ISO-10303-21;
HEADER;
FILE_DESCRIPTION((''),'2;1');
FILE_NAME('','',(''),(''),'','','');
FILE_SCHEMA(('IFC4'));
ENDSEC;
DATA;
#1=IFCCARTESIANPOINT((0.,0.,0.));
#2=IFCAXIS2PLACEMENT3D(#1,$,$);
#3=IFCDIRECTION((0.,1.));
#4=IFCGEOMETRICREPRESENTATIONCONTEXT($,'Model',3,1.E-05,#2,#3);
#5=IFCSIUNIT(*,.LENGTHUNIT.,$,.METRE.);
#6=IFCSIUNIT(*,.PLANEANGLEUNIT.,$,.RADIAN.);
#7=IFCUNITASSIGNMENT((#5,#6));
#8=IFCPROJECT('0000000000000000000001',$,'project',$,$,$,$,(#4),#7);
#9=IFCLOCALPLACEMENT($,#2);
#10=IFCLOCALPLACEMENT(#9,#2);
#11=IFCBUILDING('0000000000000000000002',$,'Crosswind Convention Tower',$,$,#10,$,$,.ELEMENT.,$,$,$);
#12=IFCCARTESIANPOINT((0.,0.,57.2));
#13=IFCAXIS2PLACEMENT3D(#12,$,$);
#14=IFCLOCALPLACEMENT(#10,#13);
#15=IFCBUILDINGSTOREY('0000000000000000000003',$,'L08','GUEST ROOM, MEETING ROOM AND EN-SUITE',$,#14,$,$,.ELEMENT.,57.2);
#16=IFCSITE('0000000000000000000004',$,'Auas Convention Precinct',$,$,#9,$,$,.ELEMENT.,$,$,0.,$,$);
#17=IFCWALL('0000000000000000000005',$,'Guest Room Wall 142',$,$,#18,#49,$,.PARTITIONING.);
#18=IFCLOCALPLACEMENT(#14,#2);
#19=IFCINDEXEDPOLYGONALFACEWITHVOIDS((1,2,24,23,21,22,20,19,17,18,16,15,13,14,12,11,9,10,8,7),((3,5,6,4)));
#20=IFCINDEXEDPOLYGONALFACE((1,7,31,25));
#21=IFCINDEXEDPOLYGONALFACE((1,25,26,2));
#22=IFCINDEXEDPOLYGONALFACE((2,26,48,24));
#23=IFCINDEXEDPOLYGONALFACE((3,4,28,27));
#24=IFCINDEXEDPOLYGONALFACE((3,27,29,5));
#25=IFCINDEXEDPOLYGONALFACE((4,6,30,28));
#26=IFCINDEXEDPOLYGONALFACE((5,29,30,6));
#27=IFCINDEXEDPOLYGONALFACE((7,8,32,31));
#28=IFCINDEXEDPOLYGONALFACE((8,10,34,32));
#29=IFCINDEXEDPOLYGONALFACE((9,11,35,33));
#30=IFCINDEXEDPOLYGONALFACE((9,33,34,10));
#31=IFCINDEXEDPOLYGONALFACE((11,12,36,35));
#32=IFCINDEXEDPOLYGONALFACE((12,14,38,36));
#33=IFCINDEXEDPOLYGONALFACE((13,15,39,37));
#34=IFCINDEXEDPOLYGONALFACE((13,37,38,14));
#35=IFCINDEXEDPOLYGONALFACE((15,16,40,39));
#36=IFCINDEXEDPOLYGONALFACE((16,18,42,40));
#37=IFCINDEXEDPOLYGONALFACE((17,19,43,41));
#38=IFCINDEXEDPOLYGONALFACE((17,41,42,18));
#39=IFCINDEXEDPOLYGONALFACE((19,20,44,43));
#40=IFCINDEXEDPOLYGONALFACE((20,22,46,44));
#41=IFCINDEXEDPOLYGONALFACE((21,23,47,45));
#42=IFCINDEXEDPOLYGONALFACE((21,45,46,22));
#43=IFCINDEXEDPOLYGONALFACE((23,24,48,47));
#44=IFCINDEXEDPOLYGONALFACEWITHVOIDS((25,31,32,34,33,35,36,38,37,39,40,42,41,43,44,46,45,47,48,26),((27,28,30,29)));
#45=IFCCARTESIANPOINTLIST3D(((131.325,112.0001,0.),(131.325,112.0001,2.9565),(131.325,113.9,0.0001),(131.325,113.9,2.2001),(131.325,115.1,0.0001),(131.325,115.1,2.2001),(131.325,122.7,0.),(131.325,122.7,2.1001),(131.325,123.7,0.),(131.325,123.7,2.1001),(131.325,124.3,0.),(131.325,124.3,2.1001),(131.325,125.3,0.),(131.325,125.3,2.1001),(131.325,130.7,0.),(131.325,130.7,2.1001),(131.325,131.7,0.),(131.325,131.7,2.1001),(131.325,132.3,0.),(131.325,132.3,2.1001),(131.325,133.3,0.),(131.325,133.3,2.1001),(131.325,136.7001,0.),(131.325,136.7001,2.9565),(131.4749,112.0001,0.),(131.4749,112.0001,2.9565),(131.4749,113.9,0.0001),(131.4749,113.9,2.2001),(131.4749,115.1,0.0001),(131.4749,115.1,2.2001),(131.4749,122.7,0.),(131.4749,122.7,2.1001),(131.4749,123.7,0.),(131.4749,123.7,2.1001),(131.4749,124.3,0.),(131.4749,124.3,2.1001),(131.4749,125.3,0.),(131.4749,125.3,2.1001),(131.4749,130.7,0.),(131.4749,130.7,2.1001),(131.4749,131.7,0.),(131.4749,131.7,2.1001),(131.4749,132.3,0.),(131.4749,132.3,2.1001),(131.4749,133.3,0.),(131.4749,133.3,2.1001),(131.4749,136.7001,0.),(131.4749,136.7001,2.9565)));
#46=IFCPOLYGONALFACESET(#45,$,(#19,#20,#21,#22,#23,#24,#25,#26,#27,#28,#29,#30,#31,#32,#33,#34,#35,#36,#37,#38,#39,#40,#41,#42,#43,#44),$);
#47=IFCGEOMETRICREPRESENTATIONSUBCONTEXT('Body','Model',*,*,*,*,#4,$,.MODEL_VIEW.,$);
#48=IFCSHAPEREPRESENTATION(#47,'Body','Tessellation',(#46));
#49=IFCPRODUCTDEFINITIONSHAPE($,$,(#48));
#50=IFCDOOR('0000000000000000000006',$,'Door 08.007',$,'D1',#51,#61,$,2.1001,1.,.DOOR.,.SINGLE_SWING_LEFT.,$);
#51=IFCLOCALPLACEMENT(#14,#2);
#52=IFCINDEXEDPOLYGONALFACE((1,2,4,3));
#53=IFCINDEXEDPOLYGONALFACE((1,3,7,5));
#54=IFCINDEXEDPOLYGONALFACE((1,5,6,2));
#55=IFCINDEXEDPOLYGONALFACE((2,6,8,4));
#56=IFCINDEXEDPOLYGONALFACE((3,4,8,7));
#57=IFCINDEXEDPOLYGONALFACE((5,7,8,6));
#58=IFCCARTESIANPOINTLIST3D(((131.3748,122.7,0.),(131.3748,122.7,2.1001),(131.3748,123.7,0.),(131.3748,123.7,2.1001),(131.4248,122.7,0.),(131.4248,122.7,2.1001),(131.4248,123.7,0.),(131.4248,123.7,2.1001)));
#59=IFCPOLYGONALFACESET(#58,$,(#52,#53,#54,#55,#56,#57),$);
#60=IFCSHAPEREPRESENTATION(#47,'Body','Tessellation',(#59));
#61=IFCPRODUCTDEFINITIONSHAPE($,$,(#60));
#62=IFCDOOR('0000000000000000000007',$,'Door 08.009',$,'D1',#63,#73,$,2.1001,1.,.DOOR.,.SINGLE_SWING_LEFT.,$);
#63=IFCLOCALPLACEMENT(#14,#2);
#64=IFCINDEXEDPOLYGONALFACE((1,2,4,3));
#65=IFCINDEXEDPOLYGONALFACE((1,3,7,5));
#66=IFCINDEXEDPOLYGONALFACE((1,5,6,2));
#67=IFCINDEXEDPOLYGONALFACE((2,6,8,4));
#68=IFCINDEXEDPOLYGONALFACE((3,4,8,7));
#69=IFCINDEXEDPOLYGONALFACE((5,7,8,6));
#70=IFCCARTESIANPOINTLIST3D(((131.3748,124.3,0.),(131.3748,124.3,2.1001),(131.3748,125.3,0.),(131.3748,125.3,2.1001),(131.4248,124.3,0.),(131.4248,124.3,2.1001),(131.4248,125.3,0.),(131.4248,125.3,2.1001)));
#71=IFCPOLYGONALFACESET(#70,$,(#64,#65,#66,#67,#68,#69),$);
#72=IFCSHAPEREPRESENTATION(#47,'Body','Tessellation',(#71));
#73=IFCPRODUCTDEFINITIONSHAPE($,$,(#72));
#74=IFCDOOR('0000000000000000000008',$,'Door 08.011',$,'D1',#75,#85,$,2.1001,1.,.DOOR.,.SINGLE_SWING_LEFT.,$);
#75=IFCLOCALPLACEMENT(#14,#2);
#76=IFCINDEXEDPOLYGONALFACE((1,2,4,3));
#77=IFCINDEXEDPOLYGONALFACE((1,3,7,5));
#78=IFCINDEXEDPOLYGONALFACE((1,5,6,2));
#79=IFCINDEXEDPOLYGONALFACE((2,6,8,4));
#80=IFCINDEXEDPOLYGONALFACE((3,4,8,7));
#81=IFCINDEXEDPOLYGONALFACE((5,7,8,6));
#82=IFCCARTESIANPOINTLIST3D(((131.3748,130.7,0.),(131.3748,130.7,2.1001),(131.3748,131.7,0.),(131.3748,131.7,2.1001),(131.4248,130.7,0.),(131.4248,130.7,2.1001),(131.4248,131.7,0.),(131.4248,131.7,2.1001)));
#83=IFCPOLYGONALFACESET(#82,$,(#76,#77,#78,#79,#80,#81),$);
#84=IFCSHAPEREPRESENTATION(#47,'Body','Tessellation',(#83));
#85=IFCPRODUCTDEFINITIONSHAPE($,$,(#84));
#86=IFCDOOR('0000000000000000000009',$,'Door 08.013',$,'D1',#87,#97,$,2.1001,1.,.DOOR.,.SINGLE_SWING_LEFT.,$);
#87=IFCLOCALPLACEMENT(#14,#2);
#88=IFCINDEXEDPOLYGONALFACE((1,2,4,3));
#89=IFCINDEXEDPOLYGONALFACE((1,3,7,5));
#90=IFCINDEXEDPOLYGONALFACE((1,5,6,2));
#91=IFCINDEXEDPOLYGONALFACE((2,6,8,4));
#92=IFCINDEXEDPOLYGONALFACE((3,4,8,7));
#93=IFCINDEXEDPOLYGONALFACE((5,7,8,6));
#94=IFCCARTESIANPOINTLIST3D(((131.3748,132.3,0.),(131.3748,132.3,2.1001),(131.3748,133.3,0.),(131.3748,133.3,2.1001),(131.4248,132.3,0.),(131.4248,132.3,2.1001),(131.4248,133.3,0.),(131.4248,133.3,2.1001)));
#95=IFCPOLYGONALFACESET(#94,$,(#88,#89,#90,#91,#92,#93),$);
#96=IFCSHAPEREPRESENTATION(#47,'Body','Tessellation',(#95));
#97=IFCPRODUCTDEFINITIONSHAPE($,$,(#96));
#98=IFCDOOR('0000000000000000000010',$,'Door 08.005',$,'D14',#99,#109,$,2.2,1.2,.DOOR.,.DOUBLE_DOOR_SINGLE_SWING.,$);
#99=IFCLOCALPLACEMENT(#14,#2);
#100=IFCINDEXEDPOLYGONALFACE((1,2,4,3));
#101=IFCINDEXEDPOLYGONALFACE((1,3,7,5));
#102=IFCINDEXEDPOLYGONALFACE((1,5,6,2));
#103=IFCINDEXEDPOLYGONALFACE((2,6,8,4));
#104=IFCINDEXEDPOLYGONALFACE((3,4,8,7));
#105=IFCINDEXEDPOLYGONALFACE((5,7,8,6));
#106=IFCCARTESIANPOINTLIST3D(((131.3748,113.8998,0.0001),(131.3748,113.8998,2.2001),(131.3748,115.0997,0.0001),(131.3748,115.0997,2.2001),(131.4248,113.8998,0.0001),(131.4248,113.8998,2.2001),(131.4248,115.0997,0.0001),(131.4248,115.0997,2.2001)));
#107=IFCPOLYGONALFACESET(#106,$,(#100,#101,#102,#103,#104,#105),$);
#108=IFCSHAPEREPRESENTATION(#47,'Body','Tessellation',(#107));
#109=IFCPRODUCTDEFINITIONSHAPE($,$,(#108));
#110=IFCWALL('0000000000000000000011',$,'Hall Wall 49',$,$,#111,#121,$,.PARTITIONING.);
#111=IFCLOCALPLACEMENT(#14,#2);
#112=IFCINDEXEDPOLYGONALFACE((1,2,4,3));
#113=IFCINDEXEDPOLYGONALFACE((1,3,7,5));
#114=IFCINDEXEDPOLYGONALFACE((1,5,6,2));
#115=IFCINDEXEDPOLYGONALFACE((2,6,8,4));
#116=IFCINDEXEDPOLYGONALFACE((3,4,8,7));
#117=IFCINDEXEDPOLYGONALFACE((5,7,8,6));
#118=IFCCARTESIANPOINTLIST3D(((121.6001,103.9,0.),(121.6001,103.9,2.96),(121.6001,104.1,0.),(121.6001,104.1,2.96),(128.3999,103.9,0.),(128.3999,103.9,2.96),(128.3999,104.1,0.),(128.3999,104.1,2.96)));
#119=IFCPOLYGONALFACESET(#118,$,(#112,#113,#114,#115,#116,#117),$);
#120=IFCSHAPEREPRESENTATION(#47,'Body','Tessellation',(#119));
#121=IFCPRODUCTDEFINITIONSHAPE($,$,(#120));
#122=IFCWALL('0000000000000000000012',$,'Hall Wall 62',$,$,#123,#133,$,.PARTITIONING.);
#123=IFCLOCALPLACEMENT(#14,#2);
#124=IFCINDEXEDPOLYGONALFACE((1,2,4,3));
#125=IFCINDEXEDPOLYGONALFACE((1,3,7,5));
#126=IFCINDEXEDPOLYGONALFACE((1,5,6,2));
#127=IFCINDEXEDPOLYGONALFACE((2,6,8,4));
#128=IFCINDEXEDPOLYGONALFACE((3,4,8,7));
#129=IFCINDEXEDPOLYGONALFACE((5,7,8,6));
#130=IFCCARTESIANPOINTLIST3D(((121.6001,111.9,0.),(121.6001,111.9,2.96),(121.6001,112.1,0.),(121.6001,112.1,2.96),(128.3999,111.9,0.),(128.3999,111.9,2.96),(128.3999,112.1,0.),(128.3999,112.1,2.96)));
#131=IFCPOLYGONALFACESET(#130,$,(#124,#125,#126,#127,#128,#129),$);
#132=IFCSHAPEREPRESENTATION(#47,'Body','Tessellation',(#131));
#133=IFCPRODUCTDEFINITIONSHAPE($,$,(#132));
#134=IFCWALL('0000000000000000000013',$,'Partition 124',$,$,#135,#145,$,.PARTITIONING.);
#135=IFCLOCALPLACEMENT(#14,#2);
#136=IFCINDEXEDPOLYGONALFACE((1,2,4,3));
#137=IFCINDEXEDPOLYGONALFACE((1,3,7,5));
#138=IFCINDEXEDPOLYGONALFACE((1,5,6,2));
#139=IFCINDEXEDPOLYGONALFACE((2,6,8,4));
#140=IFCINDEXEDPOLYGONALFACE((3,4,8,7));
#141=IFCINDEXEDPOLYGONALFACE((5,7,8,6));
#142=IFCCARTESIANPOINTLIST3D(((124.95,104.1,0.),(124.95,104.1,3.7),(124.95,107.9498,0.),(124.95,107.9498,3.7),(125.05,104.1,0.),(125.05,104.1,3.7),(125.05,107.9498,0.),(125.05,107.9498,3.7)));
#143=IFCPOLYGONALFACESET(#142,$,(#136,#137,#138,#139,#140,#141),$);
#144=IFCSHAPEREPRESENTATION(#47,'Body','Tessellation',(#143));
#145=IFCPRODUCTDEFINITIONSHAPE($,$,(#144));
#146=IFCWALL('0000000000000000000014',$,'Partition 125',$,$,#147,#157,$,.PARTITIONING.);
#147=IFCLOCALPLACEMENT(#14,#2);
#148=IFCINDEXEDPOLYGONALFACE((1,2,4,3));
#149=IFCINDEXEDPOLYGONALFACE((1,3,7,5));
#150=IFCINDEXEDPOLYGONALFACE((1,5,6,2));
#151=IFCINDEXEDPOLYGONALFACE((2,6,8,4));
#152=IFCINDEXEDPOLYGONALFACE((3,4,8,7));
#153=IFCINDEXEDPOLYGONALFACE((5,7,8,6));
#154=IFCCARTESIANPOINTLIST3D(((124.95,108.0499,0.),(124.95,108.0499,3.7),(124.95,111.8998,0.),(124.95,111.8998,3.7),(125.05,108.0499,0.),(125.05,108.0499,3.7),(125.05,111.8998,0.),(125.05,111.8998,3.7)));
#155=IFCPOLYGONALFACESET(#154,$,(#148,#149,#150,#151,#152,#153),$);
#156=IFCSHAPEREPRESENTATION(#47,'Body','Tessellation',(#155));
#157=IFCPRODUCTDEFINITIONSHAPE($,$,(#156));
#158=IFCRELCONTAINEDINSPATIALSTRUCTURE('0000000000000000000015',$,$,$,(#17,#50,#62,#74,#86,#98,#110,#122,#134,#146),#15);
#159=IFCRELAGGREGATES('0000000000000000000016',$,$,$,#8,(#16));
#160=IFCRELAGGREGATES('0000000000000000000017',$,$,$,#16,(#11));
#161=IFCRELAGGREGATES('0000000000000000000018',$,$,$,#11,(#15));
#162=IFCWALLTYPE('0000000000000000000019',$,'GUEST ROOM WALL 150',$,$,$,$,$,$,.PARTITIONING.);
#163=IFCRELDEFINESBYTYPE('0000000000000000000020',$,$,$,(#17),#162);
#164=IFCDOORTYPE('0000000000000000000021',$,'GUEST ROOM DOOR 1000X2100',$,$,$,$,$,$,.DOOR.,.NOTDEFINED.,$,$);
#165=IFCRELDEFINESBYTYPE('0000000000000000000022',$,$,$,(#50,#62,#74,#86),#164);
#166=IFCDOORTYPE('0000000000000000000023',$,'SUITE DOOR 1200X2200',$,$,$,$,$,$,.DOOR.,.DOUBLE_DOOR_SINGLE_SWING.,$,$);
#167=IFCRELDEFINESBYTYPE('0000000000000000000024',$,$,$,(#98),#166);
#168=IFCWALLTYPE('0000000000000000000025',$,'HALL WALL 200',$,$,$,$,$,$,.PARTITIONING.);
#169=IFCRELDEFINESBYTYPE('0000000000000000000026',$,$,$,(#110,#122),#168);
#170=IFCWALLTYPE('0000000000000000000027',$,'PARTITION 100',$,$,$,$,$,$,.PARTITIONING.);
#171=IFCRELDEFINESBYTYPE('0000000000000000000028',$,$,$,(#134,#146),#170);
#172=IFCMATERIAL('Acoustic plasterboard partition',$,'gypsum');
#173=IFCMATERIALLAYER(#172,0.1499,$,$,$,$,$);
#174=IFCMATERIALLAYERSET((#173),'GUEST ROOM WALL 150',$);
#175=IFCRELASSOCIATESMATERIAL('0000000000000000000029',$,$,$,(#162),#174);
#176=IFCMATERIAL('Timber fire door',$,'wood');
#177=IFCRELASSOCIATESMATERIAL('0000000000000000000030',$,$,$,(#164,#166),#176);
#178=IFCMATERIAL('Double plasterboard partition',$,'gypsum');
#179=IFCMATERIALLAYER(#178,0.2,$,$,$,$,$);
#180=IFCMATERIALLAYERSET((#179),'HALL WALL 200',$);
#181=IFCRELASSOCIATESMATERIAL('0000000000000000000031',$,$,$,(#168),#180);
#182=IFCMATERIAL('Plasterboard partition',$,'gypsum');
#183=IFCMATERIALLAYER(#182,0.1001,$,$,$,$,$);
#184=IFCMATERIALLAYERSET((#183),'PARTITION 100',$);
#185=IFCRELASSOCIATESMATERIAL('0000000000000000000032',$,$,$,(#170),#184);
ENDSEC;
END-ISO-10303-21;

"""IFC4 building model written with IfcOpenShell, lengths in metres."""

from ifc_helpers import new_model, si_unit, direction, frame, frame_2d, origin, place, context, subcontext, project, spatial, rectangle, extrude, material, layer, layer_set, type_object, element, fill, save


model = new_model("IFC4")

# Units and contexts
model_context = context("Model", 3, precision=1e-05, world=origin(), true_north=direction((0.0, 1.0)))
body_context = subcontext(model_context, "Body", "Model", "MODEL_VIEW")
ifc_project = project(units=[si_unit("LENGTHUNIT", "METRE"), si_unit("PLANEANGLEUNIT", "RADIAN")], contexts=[model_context])

# Site, building, storey
site_placement = place(None, origin())
site = spatial("IfcSite", under=ifc_project, at=site_placement, Name="Auas Convention Precinct", CompositionType="ELEMENT", RefElevation=0.0)
building_placement = place(site_placement, origin())
building = spatial("IfcBuilding", under=site, at=building_placement, Name="Crosswind Convention Tower", CompositionType="ELEMENT")
storey_placement = place(building_placement, frame((0.0, 0.0, 57.2)))
storey = spatial("IfcBuildingStorey", under=building, at=storey_placement, Name="L08", Description="GUEST ROOM, MEETING ROOM AND EN-SUITE", CompositionType="ELEMENT", Elevation=57.2)

# Shared definitions
ifc_material_1 = material(Name="Plasterboard partition", Category="gypsum")

# Shared definitions
ifc_material_2 = material(Name="Timber fire door", Category="wood")

# Wall, openings, doors
ifc_material_3 = material(Name="Acoustic plasterboard partition", Category="gypsum")
ifc_layer_1 = layer(ifc_material_3, 0.1499)
ifc_layer_set_1 = layer_set([ifc_layer_1], Name="GUEST ROOM WALL 150")
wall_type_1 = type_object("IfcWallType", Name="GUEST ROOM WALL 150", PredefinedType="PARTITIONING", material=ifc_layer_set_1)
wall_1_placement = place(storey_placement, frame((131.3999, 112.0, 0.0), z_axis=(0.0, 0.0, 1.0), x_axis=(0.0, 1.0, 0.0)))
wall_1 = element("IfcWall", 1, at=wall_1_placement, inside=storey, type_object=wall_type_1, Name="Guest Room Wall 142", PredefinedType="PARTITIONING", context=body_context, shape_type="SweptSolid", body=[
    extrude(rectangle(XDim=24.7, YDim=0.1499, at=frame_2d((12.3501, 0.0))), origin(), (0.0, 0.0, 1.0), 2.9565),
])
opening_1_placement = place(wall_1_placement, frame((1.8999, 0.0, 0.0)))
opening_1 = element("IfcOpeningElement", 2, at=opening_1_placement, cuts=wall_1, PredefinedType="OPENING", context=body_context, shape_type="SweptSolid", body=[
    extrude(rectangle(XDim=1.2, YDim=2.2, at=frame_2d((0.6001, 1.1001))), frame((0.0, 0.085, 0.0), z_axis=(0.0, -1.0, 0.0), x_axis=(1.0, 0.0, 0.0)), (0.0, 0.0, 1.0), 0.1699),
])
opening_2_placement = place(wall_1_placement, frame((10.7, 0.0, 0.0)))
opening_2 = element("IfcOpeningElement", 3, at=opening_2_placement, cuts=wall_1, PredefinedType="OPENING", context=body_context, shape_type="SweptSolid", body=[
    extrude(rectangle(XDim=1.0, YDim=2.1001, at=frame_2d((0.5, 1.05))), frame((0.0, 0.085, 0.0), z_axis=(0.0, -1.0, 0.0), x_axis=(1.0, 0.0, 0.0)), (0.0, 0.0, 1.0), 0.1699),
])
opening_3_placement = place(wall_1_placement, frame((12.3, 0.0, 0.0)))
opening_3 = element("IfcOpeningElement", 4, at=opening_3_placement, cuts=wall_1, PredefinedType="OPENING", context=body_context, shape_type="SweptSolid", body=[
    extrude(rectangle(XDim=1.0, YDim=2.1001, at=frame_2d((0.5, 1.05))), frame((0.0, 0.085, 0.0), z_axis=(0.0, -1.0, 0.0), x_axis=(1.0, 0.0, 0.0)), (0.0, 0.0, 1.0), 0.1699),
])
opening_4_placement = place(wall_1_placement, frame((18.7, 0.0, 0.0)))
opening_4 = element("IfcOpeningElement", 5, at=opening_4_placement, cuts=wall_1, PredefinedType="OPENING", context=body_context, shape_type="SweptSolid", body=[
    extrude(rectangle(XDim=1.0, YDim=2.1001, at=frame_2d((0.5, 1.05))), frame((0.0, 0.085, 0.0), z_axis=(0.0, -1.0, 0.0), x_axis=(1.0, 0.0, 0.0)), (0.0, 0.0, 1.0), 0.1699),
])
opening_5_placement = place(wall_1_placement, frame((20.3, 0.0, 0.0)))
opening_5 = element("IfcOpeningElement", 6, at=opening_5_placement, cuts=wall_1, PredefinedType="OPENING", context=body_context, shape_type="SweptSolid", body=[
    extrude(rectangle(XDim=1.0, YDim=2.1001, at=frame_2d((0.5, 1.05))), frame((0.0, 0.085, 0.0), z_axis=(0.0, -1.0, 0.0), x_axis=(1.0, 0.0, 0.0)), (0.0, 0.0, 1.0), 0.1699),
])
door_type_1 = type_object("IfcDoorType", Name="GUEST ROOM DOOR 1000X2100", OperationType="NOTDEFINED", PredefinedType="DOOR", material=ifc_material_2)
door_1_placement = place(opening_2_placement, frame((1.0, 0.0, 0.0), z_axis=(0.0, 0.0, 1.0), x_axis=(-1.0, 0.0, 0.0)))
door_1 = element("IfcDoor", 7, at=door_1_placement, inside=storey, type_object=door_type_1, Name="Door 08.007", ObjectType="D1", OperationType="SINGLE_SWING_LEFT", OverallHeight=2.1001, OverallWidth=1.0, PredefinedType="DOOR", context=body_context, shape_type="SweptSolid", body=[
    extrude(rectangle(XDim=1.0, YDim=2.1001, at=frame_2d((0.5, 1.05))), frame((0.0, 0.0249, 0.0), z_axis=(0.0, -1.0, 0.0), x_axis=(1.0, 0.0, 0.0)), (0.0, 0.0, 1.0), 0.05),
])
fill(opening_2, door_1)
door_2_placement = place(opening_3_placement, frame((1.0, 0.0, 0.0), z_axis=(0.0, 0.0, 1.0), x_axis=(-1.0, 0.0, 0.0)))
door_2 = element("IfcDoor", 8, at=door_2_placement, inside=storey, type_object=door_type_1, Name="Door 08.009", ObjectType="D1", OperationType="SINGLE_SWING_LEFT", OverallHeight=2.1001, OverallWidth=1.0, PredefinedType="DOOR", context=body_context, shape_type="SweptSolid", body=[
    extrude(rectangle(XDim=1.0, YDim=2.1001, at=frame_2d((0.5, 1.05))), frame((0.0, 0.0249, 0.0), z_axis=(0.0, -1.0, 0.0), x_axis=(1.0, 0.0, 0.0)), (0.0, 0.0, 1.0), 0.05),
])
fill(opening_3, door_2)
door_3_placement = place(opening_4_placement, frame((1.0, 0.0, 0.0), z_axis=(0.0, 0.0, 1.0), x_axis=(-1.0, 0.0, 0.0)))
door_3 = element("IfcDoor", 9, at=door_3_placement, inside=storey, type_object=door_type_1, Name="Door 08.011", ObjectType="D1", OperationType="SINGLE_SWING_LEFT", OverallHeight=2.1001, OverallWidth=1.0, PredefinedType="DOOR", context=body_context, shape_type="SweptSolid", body=[
    extrude(rectangle(XDim=1.0, YDim=2.1001, at=frame_2d((0.5, 1.05))), frame((0.0, 0.0249, 0.0), z_axis=(0.0, -1.0, 0.0), x_axis=(1.0, 0.0, 0.0)), (0.0, 0.0, 1.0), 0.05),
])
fill(opening_4, door_3)
door_4_placement = place(opening_5_placement, frame((1.0, 0.0, 0.0), z_axis=(0.0, 0.0, 1.0), x_axis=(-1.0, 0.0, 0.0)))
door_4 = element("IfcDoor", 10, at=door_4_placement, inside=storey, type_object=door_type_1, Name="Door 08.013", ObjectType="D1", OperationType="SINGLE_SWING_LEFT", OverallHeight=2.1001, OverallWidth=1.0, PredefinedType="DOOR", context=body_context, shape_type="SweptSolid", body=[
    extrude(rectangle(XDim=1.0, YDim=2.1001, at=frame_2d((0.5, 1.05))), frame((0.0, 0.0249, 0.0), z_axis=(0.0, -1.0, 0.0), x_axis=(1.0, 0.0, 0.0)), (0.0, 0.0, 1.0), 0.05),
])
fill(opening_5, door_4)
door_type_2 = type_object("IfcDoorType", Name="SUITE DOOR 1200X2200", OperationType="DOUBLE_DOOR_SINGLE_SWING", PredefinedType="DOOR", material=ifc_material_2)
door_5_placement = place(opening_1_placement, frame((1.2, 0.0, 0.0), z_axis=(0.0, 0.0, 1.0), x_axis=(-1.0, 0.0, 0.0)))
door_5 = element("IfcDoor", 11, at=door_5_placement, inside=storey, type_object=door_type_2, Name="Door 08.005", ObjectType="D14", OperationType="DOUBLE_DOOR_SINGLE_SWING", OverallHeight=2.2, OverallWidth=1.2, PredefinedType="DOOR", context=body_context, shape_type="SweptSolid", body=[
    extrude(rectangle(XDim=1.2, YDim=2.2, at=frame_2d((0.6001, 1.1001))), frame((0.0, 0.0249, 0.0), z_axis=(0.0, -1.0, 0.0), x_axis=(1.0, 0.0, 0.0)), (0.0, 0.0, 1.0), 0.05),
])
fill(opening_1, door_5)

# Walls
ifc_material_4 = material(Name="Double plasterboard partition", Category="gypsum")
ifc_layer_2 = layer(ifc_material_4, 0.2)
ifc_layer_set_2 = layer_set([ifc_layer_2], Name="HALL WALL 200")
wall_type_2 = type_object("IfcWallType", Name="HALL WALL 200", PredefinedType="PARTITIONING", material=ifc_layer_set_2)
for number, where, z_axis, x_axis, name in (
    (12, (121.6001, 104.0, 0.0), (0.0, 0.0, 1.0), (1.0, 0.0, 0.0), "Hall Wall 49"),
    (13, (121.6001, 112.0, 0.0), (0.0, 0.0, 1.0), (1.0, 0.0, 0.0), "Hall Wall 62"),
):
    element("IfcWall", number, at=place(storey_placement, frame(where, z_axis=z_axis, x_axis=x_axis)), inside=storey, type_object=wall_type_2, Name=name, PredefinedType="PARTITIONING", context=body_context, shape_type="SweptSolid", body=[
        extrude(rectangle(XDim=6.7998, YDim=0.2, at=frame_2d((3.3999, 0.0))), origin(), (0.0, 0.0, 1.0), 2.96),
    ])
ifc_layer_3 = layer(ifc_material_1, 0.1001)
ifc_layer_set_3 = layer_set([ifc_layer_3], Name="PARTITION 100")
wall_type_3 = type_object("IfcWallType", Name="PARTITION 100", PredefinedType="PARTITIONING", material=ifc_layer_set_3)
for number, where, z_axis, x_axis, name in (
    (14, (125.0, 104.1001, 0.0), (0.0, 0.0, 1.0), (0.0, 1.0, 0.0), "Partition 124"),
    (15, (125.0, 108.05, 0.0), (0.0, 0.0, 1.0), (0.0, 1.0, 0.0), "Partition 125"),
):
    element("IfcWall", number, at=place(storey_placement, frame(where, z_axis=z_axis, x_axis=x_axis)), inside=storey, type_object=wall_type_3, Name=name, PredefinedType="PARTITIONING", context=body_context, shape_type="SweptSolid", body=[
        extrude(rectangle(XDim=3.8499, YDim=0.1001, at=frame_2d((1.9248, 0.0))), origin(), (0.0, 0.0, 1.0), 3.7),
    ])

save(model, "model.ifc")
